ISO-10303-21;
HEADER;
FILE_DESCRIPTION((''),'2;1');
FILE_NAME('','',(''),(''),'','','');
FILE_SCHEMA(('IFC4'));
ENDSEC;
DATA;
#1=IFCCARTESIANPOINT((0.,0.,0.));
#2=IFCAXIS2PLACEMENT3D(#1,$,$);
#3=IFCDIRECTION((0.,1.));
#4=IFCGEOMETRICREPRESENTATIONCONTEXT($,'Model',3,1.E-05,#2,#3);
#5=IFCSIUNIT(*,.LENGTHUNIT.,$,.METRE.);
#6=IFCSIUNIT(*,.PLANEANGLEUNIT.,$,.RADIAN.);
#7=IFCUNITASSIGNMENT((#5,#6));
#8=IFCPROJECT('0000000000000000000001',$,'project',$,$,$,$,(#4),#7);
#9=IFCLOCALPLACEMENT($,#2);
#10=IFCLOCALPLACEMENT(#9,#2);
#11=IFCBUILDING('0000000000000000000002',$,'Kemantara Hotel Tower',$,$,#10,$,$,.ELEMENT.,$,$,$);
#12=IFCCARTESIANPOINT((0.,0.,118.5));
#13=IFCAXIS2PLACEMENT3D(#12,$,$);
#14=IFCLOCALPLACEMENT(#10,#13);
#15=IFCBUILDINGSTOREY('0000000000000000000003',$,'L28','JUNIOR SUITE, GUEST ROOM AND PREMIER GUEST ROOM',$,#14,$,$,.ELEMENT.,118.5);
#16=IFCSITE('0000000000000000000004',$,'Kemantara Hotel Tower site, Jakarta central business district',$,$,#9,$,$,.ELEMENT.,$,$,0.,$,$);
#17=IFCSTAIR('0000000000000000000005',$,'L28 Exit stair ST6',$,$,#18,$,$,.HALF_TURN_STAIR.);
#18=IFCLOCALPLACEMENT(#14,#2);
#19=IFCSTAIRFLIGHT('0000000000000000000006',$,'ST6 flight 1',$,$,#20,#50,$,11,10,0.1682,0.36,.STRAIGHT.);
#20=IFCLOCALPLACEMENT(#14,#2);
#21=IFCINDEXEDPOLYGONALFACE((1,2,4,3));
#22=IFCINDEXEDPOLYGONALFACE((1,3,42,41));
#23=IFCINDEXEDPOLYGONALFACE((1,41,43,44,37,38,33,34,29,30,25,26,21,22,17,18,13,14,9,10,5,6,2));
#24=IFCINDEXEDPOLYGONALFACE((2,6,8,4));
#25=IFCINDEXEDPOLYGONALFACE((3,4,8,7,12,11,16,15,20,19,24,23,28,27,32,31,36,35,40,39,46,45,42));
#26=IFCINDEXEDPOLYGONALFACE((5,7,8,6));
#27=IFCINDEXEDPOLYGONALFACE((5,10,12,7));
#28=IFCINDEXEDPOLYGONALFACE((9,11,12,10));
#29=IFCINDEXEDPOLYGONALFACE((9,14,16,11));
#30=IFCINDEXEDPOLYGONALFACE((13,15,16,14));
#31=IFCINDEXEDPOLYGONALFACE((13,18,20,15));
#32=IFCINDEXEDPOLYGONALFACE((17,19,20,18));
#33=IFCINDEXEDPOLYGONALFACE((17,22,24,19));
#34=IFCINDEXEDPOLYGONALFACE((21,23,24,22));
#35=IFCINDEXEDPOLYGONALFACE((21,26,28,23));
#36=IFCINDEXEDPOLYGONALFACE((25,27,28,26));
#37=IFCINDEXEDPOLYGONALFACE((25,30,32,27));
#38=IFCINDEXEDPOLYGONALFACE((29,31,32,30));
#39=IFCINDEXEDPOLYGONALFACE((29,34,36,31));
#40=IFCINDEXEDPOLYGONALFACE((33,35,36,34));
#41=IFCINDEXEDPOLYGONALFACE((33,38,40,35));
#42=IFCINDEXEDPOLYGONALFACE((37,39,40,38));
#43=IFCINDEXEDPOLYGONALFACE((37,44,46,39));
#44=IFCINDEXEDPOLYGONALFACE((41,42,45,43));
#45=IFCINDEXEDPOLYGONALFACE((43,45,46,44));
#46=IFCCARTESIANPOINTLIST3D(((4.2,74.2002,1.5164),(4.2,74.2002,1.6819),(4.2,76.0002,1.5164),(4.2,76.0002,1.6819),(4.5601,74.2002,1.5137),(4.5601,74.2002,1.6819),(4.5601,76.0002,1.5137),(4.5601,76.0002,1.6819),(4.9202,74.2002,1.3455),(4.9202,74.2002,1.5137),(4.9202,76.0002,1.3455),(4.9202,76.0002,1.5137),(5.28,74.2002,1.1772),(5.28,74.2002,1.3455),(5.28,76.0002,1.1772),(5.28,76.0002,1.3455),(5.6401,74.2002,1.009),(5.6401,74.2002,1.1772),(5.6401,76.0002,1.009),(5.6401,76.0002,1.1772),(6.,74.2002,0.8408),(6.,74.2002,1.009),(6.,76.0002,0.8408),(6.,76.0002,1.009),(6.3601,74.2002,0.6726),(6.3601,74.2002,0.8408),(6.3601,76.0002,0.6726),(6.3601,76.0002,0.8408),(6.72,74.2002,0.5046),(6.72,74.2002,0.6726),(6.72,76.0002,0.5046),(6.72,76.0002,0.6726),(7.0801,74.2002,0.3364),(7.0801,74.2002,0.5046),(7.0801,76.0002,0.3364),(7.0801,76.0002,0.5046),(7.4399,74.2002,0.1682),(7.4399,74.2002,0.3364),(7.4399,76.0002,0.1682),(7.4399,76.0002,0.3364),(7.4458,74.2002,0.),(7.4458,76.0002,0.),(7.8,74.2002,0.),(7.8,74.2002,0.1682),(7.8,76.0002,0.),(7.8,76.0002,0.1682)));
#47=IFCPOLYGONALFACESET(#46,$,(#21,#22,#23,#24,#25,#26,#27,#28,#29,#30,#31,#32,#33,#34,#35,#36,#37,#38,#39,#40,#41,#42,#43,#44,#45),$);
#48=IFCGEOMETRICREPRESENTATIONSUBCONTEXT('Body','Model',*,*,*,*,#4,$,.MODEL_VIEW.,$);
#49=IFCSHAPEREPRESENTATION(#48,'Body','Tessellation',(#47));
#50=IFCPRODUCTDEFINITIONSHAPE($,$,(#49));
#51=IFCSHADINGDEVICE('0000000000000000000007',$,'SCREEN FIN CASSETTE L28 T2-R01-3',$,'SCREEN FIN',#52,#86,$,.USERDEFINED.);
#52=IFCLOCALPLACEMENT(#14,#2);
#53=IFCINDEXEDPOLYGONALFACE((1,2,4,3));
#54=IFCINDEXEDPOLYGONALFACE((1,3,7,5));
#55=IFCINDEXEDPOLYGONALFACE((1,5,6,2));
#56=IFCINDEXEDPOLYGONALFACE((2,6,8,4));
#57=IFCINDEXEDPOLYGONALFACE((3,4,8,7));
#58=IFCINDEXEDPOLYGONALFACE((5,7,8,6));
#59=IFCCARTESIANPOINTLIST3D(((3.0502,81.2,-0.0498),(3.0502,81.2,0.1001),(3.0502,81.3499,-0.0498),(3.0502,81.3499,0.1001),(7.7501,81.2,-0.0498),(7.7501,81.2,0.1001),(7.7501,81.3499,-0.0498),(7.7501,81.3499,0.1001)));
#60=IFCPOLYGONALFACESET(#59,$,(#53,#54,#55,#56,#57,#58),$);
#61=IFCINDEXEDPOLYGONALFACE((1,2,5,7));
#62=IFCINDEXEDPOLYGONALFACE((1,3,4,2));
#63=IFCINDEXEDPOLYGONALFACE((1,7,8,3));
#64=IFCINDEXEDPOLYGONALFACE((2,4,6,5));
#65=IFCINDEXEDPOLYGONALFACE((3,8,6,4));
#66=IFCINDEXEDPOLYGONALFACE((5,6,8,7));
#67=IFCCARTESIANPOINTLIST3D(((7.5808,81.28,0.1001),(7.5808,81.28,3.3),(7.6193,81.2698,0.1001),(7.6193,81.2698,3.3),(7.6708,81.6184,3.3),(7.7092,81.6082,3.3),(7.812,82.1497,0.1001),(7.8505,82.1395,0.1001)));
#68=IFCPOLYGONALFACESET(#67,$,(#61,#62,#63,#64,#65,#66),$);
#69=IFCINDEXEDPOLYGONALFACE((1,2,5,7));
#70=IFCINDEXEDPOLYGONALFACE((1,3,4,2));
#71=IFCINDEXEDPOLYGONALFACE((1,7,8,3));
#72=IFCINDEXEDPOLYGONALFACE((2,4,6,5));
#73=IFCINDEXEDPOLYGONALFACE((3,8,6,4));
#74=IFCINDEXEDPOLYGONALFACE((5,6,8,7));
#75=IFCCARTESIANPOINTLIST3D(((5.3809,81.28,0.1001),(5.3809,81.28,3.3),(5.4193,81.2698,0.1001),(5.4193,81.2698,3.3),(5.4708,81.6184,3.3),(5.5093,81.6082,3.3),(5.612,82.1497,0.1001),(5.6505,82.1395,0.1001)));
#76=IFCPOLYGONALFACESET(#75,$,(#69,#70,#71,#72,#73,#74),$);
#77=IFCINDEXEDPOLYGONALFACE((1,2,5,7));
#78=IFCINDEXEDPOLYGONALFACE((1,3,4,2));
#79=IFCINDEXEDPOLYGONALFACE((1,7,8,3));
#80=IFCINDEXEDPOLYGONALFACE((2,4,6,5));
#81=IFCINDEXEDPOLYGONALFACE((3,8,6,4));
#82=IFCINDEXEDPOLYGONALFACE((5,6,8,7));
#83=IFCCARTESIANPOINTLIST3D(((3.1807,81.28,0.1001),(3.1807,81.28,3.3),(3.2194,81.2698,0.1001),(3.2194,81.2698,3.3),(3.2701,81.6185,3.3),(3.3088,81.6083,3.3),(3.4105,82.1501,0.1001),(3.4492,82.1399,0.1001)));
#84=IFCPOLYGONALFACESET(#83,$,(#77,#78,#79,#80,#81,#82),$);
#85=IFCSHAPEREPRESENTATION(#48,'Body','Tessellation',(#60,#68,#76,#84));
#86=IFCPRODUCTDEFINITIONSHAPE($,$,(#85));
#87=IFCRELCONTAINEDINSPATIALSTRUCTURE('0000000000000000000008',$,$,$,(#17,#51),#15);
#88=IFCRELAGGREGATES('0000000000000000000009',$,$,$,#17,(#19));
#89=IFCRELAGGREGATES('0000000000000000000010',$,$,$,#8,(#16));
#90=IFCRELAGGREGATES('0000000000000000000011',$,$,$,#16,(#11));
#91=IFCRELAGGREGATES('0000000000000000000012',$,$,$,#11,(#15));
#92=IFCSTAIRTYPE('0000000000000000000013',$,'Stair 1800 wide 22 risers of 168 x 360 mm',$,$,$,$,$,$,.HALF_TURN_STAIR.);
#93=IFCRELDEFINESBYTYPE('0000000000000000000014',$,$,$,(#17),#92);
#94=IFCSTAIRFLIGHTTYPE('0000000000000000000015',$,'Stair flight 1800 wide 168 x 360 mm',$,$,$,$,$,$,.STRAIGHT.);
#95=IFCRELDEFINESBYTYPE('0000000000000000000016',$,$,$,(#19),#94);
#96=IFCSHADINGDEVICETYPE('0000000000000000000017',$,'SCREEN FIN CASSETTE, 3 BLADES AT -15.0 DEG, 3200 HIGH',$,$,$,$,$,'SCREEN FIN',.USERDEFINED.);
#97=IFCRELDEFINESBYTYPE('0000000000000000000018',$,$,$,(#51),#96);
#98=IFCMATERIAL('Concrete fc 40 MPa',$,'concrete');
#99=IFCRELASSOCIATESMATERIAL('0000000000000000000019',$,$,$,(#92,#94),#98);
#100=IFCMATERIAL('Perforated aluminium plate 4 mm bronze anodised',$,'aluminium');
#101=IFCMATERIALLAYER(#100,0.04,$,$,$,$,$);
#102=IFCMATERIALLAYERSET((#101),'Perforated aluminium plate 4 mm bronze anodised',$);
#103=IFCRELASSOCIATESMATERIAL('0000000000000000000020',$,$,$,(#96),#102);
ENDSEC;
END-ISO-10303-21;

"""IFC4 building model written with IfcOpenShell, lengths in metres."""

from ifc_helpers import new_model, si_unit, direction, frame, origin, origin_2d, place, context, subcontext, project, spatial, polyline, rectangle, outline, extrude, source, transform, mapped, material, layer, layer_set, type_object, element, aggregate, save


model = new_model("IFC4")

# Units and contexts
model_context = context("Model", 3, precision=1e-05, world=origin(), true_north=direction((0.0, 1.0)))
body_context = subcontext(model_context, "Body", "Model", "MODEL_VIEW")
ifc_project = project(units=[si_unit("LENGTHUNIT", "METRE"), si_unit("PLANEANGLEUNIT", "RADIAN")], contexts=[model_context])

# Site, building, storey
site_placement = place(None, origin())
site = spatial("IfcSite", under=ifc_project, at=site_placement, Name="Kemantara Hotel Tower site, Jakarta central business district", CompositionType="ELEMENT", RefElevation=0.0)
building_placement = place(site_placement, origin())
building = spatial("IfcBuilding", under=site, at=building_placement, Name="Kemantara Hotel Tower", CompositionType="ELEMENT")
storey_placement = place(building_placement, frame((0.0, 0.0, 118.5)))
storey = spatial("IfcBuildingStorey", under=building, at=storey_placement, Name="L28", Description="JUNIOR SUITE, GUEST ROOM AND PREMIER GUEST ROOM", CompositionType="ELEMENT", Elevation=118.5)

# Stair, stair flight
ifc_material_1 = material(Name="Concrete fc 40 MPa", Category="concrete")
stair_type = type_object("IfcStairType", Name="Stair 1800 wide 22 risers of 168 x 360 mm", PredefinedType="HALF_TURN_STAIR", material=ifc_material_1)
stair_placement = place(storey_placement, origin())
stair = element("IfcStair", 1, at=stair_placement, inside=storey, type_object=stair_type, Name="L28 Exit stair ST6", PredefinedType="HALF_TURN_STAIR")
stair_flight_type = type_object("IfcStairFlightType", Name="Stair flight 1800 wide 168 x 360 mm", PredefinedType="STRAIGHT", material=ifc_material_1)
stair_flight_placement = place(storey_placement, frame((7.8, 75.1001, 0.0), z_axis=(0.0, 0.0, 1.0), x_axis=(-1.0, 0.0, 0.0)))
stair_flight = element("IfcStairFlight", 2, at=stair_flight_placement, type_object=stair_flight_type, Name="ST6 flight 1", NumberOfRisers=11, NumberOfTreads=10, PredefinedType="STRAIGHT", RiserHeight=0.1682, TreadLength=0.36, context=body_context, shape_type="SweptSolid", body=[
    extrude(outline(polyline([(0.0, 0.0), (0.0, 0.1682), (0.3601, 0.1682), (0.3601, 0.3364), (0.72, 0.3364), (0.72, 0.5046), (1.0801, 0.5046), (1.0801, 0.6726), (1.4399, 0.6726), (1.4399, 0.8408), (1.8, 0.8408), (1.8, 1.009), (2.1599, 1.009), (2.1599, 1.1772), (2.52, 1.1772), (2.52, 1.3455), (2.8799, 1.3455), (2.8799, 1.5137), (3.24, 1.5137), (3.24, 1.6819), (3.6001, 1.6819), (3.6001, 1.8501), (3.6001, 1.5164), (0.3542, 0.0), (0.0, 0.0)])), frame((0.0, 0.8999, 0.0), z_axis=(0.0, -1.0, 0.0), x_axis=(1.0, 0.0, 0.0)), (0.0, 0.0, 1.0), 1.8),
])
aggregate(stair, [stair_flight])

# Shading device
ifc_material_2 = material(Name="Perforated aluminium plate 4 mm bronze anodised", Category="aluminium")
ifc_layer_1 = layer(ifc_material_2, 0.04)
ifc_layer_set_1 = layer_set([ifc_layer_1], Name="Perforated aluminium plate 4 mm bronze anodised")
shading_device_type = type_object("IfcShadingDeviceType", Name="SCREEN FIN CASSETTE, 3 BLADES AT -15.0 DEG, 3200 HIGH", ElementType="SCREEN FIN", PredefinedType="USERDEFINED", material=ifc_layer_set_1)
shared_shape_1 = source(origin(), body_context, "Body", "SweptSolid", [
    extrude(rectangle(XDim=4.7, YDim=0.1499, at=origin_2d()), frame((2.2, -0.075, -0.1499), z_axis=(0.0, 0.0, 1.0), x_axis=(1.0, 0.0, 0.0)), (0.0, 0.0, 1.0), 0.1499),
    extrude(outline(polyline([(0.0, 0.0), (0.8999, 0.0), (0.3501, 3.2), (0.0, 3.2), (0.0, 0.0)])), frame((0.0193, -0.0801, 0.0), z_axis=(-0.966438, 0.256901, 0.0), x_axis=(-0.256901, -0.966438, 0.0)), (0.0, 0.0, 1.0), 0.0398),
    extrude(outline(polyline([(0.0, 0.0), (0.8999, 0.0), (0.3501, 3.2), (0.0, 3.2), (0.0, 0.0)])), frame((2.2192, -0.0801, 0.0), z_axis=(-0.966438, 0.256901, 0.0), x_axis=(-0.256901, -0.966438, 0.0)), (0.0, 0.0, 1.0), 0.0398),
    extrude(outline(polyline([(0.0, 0.0), (0.8999, 0.0), (0.3501, 3.2), (0.0, 3.2), (0.0, 0.0)])), frame((4.4194, -0.0801, 0.0), z_axis=(-0.966838, 0.255391, 0.0), x_axis=(-0.255391, -0.966838, 0.0)), (0.0, 0.0, 1.0), 0.04),
])
shading_device_placement = place(storey_placement, frame((7.6001, 81.2, 0.1001), z_axis=(0.0, 0.0, 1.0), x_axis=(-1.0, 0.0, 0.0)))
element("IfcShadingDevice", 3, at=shading_device_placement, inside=storey, type_object=shading_device_type, Name="SCREEN FIN CASSETTE L28 T2-R01-3", ObjectType="SCREEN FIN", PredefinedType="USERDEFINED", context=body_context, shape_type="MappedRepresentation", body=[
    mapped(shared_shape_1, transform((0.0, 0.0, 0.0))),
])

save(model, "model.ifc")
